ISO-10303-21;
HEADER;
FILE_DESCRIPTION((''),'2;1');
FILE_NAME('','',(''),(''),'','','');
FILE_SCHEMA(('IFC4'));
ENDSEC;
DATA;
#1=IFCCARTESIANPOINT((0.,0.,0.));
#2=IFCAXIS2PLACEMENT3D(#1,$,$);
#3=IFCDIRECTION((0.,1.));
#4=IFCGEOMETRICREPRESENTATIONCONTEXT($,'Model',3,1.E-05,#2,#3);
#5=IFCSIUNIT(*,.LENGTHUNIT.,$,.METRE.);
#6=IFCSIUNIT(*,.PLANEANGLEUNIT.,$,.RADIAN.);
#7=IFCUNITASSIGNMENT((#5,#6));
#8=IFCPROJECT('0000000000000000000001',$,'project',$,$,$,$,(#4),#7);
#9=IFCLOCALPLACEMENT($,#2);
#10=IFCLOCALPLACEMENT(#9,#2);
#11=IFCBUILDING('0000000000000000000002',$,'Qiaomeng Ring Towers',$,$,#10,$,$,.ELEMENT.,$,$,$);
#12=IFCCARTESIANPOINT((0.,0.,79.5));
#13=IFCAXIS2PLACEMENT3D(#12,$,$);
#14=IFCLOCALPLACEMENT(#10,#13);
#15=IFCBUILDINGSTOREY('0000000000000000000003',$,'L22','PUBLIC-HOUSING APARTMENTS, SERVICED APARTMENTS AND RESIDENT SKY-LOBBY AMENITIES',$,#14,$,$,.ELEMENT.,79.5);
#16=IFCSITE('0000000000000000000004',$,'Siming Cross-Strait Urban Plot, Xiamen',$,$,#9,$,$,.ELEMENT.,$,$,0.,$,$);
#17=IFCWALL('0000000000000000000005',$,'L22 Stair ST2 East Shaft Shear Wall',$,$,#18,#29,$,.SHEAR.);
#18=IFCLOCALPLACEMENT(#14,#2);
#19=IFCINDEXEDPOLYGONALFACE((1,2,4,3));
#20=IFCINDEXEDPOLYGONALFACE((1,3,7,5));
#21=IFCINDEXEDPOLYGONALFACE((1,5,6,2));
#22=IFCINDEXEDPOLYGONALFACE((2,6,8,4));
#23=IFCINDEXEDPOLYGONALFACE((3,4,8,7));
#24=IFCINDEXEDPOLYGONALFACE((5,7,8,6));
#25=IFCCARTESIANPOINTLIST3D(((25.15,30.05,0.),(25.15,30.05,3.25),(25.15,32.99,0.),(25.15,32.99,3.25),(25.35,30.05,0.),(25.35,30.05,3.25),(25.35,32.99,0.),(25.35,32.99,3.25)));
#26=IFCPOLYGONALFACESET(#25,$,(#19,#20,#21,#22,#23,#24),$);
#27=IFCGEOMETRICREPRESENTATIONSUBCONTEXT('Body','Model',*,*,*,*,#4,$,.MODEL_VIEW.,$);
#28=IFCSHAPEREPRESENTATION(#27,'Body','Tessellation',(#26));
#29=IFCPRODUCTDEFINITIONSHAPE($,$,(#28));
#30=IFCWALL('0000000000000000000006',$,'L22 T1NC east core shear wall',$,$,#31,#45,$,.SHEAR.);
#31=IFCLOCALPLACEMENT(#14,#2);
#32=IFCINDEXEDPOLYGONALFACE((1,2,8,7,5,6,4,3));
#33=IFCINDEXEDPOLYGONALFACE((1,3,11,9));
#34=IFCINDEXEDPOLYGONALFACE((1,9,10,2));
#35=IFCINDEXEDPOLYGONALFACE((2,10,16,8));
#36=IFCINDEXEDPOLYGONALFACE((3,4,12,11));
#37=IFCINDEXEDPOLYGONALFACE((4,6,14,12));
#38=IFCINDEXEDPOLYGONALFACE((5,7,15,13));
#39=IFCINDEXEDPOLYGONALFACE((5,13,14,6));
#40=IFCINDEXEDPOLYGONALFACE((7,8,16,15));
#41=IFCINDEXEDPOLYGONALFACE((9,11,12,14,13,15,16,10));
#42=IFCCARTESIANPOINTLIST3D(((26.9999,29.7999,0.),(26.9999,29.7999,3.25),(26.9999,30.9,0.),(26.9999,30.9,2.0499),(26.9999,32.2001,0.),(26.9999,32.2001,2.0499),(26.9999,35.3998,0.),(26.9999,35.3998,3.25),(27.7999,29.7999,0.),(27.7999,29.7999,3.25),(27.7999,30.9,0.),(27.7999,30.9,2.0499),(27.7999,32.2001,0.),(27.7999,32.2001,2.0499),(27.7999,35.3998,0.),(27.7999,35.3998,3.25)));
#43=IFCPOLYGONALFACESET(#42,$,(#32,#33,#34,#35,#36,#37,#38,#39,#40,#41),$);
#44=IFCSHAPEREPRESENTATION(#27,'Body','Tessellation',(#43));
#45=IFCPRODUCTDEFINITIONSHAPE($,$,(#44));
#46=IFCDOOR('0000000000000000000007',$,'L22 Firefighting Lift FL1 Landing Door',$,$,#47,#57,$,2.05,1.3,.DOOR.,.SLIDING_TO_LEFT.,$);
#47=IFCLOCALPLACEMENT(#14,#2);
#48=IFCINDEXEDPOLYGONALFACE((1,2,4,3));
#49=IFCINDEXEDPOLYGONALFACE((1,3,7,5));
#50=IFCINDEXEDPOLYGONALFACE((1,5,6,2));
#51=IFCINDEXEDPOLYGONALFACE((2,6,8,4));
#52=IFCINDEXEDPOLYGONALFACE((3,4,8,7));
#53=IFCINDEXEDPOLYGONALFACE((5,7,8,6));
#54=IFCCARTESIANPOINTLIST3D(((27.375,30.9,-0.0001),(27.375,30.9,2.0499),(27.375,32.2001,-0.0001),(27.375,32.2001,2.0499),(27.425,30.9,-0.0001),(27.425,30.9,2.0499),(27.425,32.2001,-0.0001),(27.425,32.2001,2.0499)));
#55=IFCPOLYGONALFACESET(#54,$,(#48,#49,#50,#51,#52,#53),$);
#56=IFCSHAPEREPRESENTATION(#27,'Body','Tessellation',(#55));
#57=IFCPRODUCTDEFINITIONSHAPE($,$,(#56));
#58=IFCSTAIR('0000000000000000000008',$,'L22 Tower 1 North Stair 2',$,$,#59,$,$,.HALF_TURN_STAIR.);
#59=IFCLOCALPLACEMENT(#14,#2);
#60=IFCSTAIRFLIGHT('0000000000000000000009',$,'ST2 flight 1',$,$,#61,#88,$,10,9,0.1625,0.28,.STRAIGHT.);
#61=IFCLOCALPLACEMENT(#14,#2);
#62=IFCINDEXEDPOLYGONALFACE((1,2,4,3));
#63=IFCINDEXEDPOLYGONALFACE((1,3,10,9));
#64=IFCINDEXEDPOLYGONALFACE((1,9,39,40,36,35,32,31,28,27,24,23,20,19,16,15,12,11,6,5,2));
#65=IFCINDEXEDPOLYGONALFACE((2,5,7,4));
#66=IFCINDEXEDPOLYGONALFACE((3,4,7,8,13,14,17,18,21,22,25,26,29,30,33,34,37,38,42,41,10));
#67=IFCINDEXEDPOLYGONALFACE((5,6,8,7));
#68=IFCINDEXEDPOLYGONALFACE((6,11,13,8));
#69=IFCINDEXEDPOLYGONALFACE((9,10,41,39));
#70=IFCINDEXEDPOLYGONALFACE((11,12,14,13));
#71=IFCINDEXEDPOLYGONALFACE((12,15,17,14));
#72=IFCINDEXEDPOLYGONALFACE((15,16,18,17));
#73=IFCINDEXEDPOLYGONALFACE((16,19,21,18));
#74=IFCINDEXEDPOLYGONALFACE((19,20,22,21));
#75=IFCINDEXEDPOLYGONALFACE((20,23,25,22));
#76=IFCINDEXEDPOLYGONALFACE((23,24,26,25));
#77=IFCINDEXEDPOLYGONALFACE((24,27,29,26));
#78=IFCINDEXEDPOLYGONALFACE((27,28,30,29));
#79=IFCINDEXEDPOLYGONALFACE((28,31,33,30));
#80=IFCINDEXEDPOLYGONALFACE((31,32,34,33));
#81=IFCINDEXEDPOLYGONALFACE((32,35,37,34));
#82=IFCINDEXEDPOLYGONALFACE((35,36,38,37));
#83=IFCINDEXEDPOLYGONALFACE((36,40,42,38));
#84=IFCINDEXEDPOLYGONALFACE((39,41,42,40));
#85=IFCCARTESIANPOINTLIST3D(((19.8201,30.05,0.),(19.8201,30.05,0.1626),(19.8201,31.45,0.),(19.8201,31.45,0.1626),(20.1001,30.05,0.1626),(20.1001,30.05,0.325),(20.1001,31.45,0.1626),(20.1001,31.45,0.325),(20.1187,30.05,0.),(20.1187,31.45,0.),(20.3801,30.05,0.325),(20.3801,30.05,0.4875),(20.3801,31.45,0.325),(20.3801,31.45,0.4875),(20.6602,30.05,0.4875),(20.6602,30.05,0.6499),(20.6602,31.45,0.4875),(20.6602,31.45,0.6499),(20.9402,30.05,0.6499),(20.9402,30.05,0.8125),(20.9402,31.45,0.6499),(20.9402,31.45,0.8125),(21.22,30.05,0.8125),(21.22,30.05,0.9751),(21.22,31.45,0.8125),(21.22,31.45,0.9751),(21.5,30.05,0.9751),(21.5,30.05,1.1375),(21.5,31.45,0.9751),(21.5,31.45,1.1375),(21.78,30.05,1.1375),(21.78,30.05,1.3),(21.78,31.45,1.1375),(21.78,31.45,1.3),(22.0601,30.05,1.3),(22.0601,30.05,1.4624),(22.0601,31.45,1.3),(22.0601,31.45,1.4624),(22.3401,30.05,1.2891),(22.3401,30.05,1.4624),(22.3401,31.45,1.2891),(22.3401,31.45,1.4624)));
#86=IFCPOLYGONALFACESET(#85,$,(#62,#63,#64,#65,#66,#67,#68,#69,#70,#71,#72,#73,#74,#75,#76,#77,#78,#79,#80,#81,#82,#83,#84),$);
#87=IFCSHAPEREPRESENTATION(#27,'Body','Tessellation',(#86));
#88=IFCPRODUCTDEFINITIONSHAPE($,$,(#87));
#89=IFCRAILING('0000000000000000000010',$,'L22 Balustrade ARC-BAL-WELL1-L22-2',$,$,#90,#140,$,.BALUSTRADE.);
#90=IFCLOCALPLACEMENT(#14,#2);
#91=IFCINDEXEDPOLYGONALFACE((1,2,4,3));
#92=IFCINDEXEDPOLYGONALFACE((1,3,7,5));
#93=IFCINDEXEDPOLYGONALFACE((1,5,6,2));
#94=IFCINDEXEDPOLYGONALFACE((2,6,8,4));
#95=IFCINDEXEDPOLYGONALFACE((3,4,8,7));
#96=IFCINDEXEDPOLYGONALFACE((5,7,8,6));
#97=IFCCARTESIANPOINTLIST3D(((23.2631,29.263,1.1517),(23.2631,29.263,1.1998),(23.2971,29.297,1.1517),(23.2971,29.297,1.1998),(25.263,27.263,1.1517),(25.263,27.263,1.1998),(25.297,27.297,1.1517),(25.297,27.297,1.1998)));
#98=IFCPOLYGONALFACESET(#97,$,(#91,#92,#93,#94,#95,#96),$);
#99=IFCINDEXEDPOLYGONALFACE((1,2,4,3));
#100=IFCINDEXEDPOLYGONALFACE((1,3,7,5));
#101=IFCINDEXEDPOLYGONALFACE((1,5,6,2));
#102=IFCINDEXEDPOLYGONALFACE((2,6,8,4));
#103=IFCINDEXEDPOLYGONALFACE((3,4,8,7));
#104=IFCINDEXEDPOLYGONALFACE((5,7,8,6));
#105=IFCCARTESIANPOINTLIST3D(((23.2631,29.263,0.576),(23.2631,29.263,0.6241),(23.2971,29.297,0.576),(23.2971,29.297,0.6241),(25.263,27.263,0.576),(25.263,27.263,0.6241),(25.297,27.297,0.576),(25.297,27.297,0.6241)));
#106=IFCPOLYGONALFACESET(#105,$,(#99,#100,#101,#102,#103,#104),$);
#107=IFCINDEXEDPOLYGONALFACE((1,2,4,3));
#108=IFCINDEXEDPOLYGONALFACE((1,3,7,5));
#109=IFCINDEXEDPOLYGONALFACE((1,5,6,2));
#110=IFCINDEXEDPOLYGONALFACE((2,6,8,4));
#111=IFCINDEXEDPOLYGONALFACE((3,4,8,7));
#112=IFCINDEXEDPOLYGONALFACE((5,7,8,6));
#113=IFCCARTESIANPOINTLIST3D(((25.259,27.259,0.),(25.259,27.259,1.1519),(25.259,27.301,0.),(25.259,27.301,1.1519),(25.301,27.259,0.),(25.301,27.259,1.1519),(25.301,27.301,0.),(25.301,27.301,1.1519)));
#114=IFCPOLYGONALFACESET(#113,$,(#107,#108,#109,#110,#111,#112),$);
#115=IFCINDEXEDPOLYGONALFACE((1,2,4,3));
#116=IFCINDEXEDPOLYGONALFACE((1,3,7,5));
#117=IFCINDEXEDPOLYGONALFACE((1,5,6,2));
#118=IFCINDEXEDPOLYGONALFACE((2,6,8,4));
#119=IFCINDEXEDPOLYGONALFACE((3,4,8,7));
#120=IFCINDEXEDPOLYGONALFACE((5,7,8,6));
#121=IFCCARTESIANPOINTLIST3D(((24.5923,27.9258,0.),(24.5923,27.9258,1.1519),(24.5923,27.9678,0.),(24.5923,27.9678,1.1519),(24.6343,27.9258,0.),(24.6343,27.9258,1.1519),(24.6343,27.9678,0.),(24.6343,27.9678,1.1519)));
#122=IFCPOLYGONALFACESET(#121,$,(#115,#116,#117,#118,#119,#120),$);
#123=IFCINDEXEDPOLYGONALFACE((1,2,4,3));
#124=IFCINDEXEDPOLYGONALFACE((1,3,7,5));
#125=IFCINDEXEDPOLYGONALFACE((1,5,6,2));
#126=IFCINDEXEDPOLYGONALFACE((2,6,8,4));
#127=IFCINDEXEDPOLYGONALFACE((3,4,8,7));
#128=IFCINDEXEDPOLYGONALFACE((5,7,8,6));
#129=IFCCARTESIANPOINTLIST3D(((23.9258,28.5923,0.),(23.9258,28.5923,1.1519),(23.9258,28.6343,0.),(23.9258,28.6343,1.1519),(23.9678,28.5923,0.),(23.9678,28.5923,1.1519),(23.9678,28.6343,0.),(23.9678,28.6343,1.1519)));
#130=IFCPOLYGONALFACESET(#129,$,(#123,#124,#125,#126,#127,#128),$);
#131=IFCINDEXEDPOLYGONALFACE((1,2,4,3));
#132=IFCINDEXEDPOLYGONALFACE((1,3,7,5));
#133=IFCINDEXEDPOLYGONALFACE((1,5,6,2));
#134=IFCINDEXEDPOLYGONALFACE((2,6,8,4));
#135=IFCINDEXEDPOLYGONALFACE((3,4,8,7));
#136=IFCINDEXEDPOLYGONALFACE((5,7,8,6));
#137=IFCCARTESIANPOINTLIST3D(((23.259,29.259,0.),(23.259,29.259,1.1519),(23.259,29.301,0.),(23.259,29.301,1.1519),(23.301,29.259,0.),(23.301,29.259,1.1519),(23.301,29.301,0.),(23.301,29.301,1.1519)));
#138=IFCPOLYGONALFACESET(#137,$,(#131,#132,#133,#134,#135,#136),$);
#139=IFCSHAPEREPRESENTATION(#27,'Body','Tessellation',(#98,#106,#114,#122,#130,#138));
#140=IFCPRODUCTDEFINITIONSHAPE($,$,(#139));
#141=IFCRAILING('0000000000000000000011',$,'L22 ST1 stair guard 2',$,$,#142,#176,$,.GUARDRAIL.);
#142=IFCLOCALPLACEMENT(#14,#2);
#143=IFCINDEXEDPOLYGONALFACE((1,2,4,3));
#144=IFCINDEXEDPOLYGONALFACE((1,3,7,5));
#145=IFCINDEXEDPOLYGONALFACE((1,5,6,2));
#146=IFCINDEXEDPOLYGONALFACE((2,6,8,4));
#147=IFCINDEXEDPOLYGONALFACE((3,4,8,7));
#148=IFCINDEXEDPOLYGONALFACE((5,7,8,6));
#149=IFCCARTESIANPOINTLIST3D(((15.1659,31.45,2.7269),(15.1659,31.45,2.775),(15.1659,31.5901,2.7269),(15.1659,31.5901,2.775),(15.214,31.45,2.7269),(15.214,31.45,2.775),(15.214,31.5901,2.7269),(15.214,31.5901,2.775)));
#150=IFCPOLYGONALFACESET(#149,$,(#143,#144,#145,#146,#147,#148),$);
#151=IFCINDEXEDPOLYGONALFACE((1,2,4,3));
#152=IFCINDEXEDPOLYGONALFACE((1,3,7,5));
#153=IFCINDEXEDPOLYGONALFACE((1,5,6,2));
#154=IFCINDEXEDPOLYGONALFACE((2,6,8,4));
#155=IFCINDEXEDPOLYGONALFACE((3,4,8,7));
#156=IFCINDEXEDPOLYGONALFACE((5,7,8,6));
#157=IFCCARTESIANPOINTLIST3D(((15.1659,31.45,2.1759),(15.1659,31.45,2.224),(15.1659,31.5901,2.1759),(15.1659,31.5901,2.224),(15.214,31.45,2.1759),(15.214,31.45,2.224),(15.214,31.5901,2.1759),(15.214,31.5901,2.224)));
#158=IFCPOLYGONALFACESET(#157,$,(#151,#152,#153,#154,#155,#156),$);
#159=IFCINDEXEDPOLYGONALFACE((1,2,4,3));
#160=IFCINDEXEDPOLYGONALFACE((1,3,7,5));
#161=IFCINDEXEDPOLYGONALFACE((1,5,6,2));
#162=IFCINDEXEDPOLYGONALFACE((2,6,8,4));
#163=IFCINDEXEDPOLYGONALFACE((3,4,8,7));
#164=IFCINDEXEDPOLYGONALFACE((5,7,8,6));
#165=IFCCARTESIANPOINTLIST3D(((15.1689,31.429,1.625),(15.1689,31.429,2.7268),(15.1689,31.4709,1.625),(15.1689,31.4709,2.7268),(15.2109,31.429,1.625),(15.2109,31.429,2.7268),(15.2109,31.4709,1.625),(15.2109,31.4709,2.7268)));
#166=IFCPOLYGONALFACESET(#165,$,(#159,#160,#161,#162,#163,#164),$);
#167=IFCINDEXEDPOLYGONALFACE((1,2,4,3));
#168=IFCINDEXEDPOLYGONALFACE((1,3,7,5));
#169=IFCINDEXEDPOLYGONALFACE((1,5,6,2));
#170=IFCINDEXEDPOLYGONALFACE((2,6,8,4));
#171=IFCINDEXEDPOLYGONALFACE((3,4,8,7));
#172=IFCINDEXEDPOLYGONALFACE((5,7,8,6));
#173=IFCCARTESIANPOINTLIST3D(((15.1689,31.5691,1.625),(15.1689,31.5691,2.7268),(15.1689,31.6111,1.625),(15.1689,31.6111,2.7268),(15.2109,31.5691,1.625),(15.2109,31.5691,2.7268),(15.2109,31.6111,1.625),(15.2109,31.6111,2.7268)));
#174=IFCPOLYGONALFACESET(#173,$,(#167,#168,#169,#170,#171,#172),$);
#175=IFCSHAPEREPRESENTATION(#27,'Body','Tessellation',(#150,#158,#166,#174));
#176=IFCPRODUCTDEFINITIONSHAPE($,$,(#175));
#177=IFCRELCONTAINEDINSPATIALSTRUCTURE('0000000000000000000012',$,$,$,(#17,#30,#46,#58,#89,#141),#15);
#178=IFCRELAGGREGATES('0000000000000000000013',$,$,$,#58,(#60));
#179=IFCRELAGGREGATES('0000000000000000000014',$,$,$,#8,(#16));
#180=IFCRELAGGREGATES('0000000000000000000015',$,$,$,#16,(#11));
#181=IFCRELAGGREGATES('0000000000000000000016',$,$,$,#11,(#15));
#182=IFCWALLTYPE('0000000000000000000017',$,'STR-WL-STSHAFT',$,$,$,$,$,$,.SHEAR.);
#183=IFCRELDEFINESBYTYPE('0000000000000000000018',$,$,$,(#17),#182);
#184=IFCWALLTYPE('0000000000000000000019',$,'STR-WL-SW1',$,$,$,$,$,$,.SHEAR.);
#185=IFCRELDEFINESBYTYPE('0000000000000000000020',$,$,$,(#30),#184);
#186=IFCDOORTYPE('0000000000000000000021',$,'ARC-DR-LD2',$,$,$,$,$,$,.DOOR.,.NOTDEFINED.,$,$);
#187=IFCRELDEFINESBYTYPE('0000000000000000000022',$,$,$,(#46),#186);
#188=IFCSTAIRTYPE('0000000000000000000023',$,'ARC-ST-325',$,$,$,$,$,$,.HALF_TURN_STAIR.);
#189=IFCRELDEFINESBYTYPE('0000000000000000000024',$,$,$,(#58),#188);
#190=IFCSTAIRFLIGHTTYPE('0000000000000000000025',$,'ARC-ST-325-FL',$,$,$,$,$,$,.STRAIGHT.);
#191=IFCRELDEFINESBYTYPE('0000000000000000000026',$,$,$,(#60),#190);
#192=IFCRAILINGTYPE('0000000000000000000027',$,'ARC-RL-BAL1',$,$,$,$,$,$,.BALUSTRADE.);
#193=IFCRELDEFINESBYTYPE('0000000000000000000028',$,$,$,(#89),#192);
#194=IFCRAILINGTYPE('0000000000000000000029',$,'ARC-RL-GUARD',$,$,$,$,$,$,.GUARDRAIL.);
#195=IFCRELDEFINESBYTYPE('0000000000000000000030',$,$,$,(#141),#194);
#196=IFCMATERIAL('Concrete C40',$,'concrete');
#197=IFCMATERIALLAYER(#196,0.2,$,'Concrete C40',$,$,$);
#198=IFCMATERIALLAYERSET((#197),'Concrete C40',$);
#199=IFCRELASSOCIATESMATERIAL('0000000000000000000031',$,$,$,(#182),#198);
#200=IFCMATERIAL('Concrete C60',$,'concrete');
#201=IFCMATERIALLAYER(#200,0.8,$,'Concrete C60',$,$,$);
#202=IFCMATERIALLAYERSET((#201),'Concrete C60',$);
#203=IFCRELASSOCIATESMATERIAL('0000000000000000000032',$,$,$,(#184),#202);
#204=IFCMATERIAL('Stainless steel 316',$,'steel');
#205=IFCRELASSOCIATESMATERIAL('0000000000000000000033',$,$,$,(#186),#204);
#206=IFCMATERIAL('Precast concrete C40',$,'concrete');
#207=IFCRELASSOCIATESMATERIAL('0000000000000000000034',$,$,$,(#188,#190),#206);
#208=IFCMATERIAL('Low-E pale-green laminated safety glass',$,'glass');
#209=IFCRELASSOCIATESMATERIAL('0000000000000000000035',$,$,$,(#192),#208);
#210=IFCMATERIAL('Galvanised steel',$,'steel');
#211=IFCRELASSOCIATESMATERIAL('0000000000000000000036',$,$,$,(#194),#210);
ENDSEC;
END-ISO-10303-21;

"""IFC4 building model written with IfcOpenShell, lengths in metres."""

from ifc_helpers import new_model, si_unit, direction, frame, frame_2d, origin, origin_2d, place, context, subcontext, project, spatial, polyline, rectangle, outline, extrude, source, transform, mapped, material, layer, layer_set, type_object, element, fill, aggregate, save


model = new_model("IFC4")

# Units and contexts
model_context = context("Model", 3, precision=1e-05, world=origin(), true_north=direction((0.0, 1.0)))
body_context = subcontext(model_context, "Body", "Model", "MODEL_VIEW")
ifc_project = project(units=[si_unit("LENGTHUNIT", "METRE"), si_unit("PLANEANGLEUNIT", "RADIAN")], contexts=[model_context])

# Site, building, storey
site_placement = place(None, origin())
site = spatial("IfcSite", under=ifc_project, at=site_placement, Name="Siming Cross-Strait Urban Plot, Xiamen", CompositionType="ELEMENT", RefElevation=0.0)
building_placement = place(site_placement, origin())
building = spatial("IfcBuilding", under=site, at=building_placement, Name="Qiaomeng Ring Towers", CompositionType="ELEMENT")
storey_placement = place(building_placement, frame((0.0, 0.0, 79.5)))
storey = spatial("IfcBuildingStorey", under=building, at=storey_placement, Name="L22", Description="PUBLIC-HOUSING APARTMENTS, SERVICED APARTMENTS AND RESIDENT SKY-LOBBY AMENITIES", CompositionType="ELEMENT", Elevation=79.5)

# Shared definitions
ifc_material_1 = material(Name="Galvanised steel", Category="steel")

# Wall
ifc_material_2 = material(Name="Concrete C40", Category="concrete")
ifc_layer_1 = layer(ifc_material_2, 0.2, Name="Concrete C40")
ifc_layer_set_1 = layer_set([ifc_layer_1], Name="Concrete C40")
wall_type_1 = type_object("IfcWallType", Name="STR-WL-STSHAFT", PredefinedType="SHEAR", material=ifc_layer_set_1)
for number, where, z_axis, x_axis, name in (
    (1, (25.25, 30.05, 0.0), (0.0, 0.0, 1.0), (0.0, 1.0, 0.0), "L22 Stair ST2 East Shaft Shear Wall"),
):
    element("IfcWall", number, at=place(storey_placement, frame(where, z_axis=z_axis, x_axis=x_axis)), inside=storey, type_object=wall_type_1, Name=name, PredefinedType="SHEAR", context=body_context, shape_type="SweptSolid", body=[
        extrude(rectangle(XDim=2.9399, YDim=0.2, at=frame_2d((1.47, 0.0))), origin(), (0.0, 0.0, 1.0), 3.25),
    ])

# Wall, opening, door
ifc_material_3 = material(Name="Concrete C60", Category="concrete")
ifc_layer_2 = layer(ifc_material_3, 0.8, Name="Concrete C60")
ifc_layer_set_2 = layer_set([ifc_layer_2], Name="Concrete C60")
wall_type_2 = type_object("IfcWallType", Name="STR-WL-SW1", PredefinedType="SHEAR", material=ifc_layer_set_2)
wall_1_placement = place(storey_placement, frame((27.3999, 29.8, 0.0), z_axis=(0.0, 0.0, 1.0), x_axis=(0.0, 1.0, 0.0)))
wall_1 = element("IfcWall", 2, at=wall_1_placement, inside=storey, type_object=wall_type_2, Name="L22 T1NC east core shear wall", PredefinedType="SHEAR", context=body_context, shape_type="SweptSolid", body=[
    extrude(rectangle(XDim=5.5999, YDim=0.8, at=frame_2d((2.7998, 0.0))), origin(), (0.0, 0.0, 1.0), 3.25),
])
opening_1_placement = place(wall_1_placement, frame((1.1001, 0.0, 0.0)))
opening_1 = element("IfcOpeningElement", 3, at=opening_1_placement, cuts=wall_1, PredefinedType="OPENING", context=body_context, shape_type="SweptSolid", body=[
    extrude(rectangle(XDim=1.3, YDim=2.05, at=frame_2d((0.6499, 1.0249))), frame((0.0, 0.4099, 0.0), z_axis=(0.0, -1.0, 0.0), x_axis=(1.0, 0.0, 0.0)), (0.0, 0.0, 1.0), 0.8201),
])
ifc_material_4 = material(Name="Stainless steel 316", Category="steel")
door_type_1 = type_object("IfcDoorType", Name="ARC-DR-LD2", OperationType="NOTDEFINED", PredefinedType="DOOR", material=ifc_material_4)
shared_shape_1 = source(origin(), body_context, "Body", "SweptSolid", [
    extrude(rectangle(XDim=1.3, YDim=2.05, at=frame_2d((0.6499, 1.0249))), frame((0.0, 0.0249, 0.0), z_axis=(0.0, -1.0, 0.0), x_axis=(1.0, 0.0, 0.0)), (0.0, 0.0, 1.0), 0.05),
])
door_1_placement = place(opening_1_placement, origin())
door_1 = element("IfcDoor", 4, at=door_1_placement, inside=storey, type_object=door_type_1, Name="L22 Firefighting Lift FL1 Landing Door", OperationType="SLIDING_TO_LEFT", OverallHeight=2.05, OverallWidth=1.3, PredefinedType="DOOR", context=body_context, shape_type="MappedRepresentation", body=[
    mapped(shared_shape_1, transform((0.0, 0.0, 0.0), x_axis=(1.0, 0.0, 0.0), y_axis=(0.0, 1.0, 0.0), z_axis=(0.0, 0.0, 1.0), scale=1.0)),
])
fill(opening_1, door_1)

# Stair, stair flight
ifc_material_5 = material(Name="Precast concrete C40", Category="concrete")
stair_type = type_object("IfcStairType", Name="ARC-ST-325", PredefinedType="HALF_TURN_STAIR", material=ifc_material_5)
stair_placement = place(storey_placement, origin())
stair = element("IfcStair", 5, at=stair_placement, inside=storey, type_object=stair_type, Name="L22 Tower 1 North Stair 2", PredefinedType="HALF_TURN_STAIR")
stair_flight_type = type_object("IfcStairFlightType", Name="ARC-ST-325-FL", PredefinedType="STRAIGHT", material=ifc_material_5)
shared_shape_2 = source(origin(), body_context, "Body", "SweptSolid", [
    extrude(outline(polyline([(0.0, 0.0), (0.0, 0.1626), (0.28, 0.1626), (0.28, 0.325), (0.5601, 0.325), (0.5601, 0.4875), (0.8401, 0.4875), (0.8401, 0.6499), (1.1201, 0.6499), (1.1201, 0.8125), (1.3999, 0.8125), (1.3999, 0.9751), (1.6799, 0.9751), (1.6799, 1.1375), (1.96, 1.1375), (1.96, 1.3), (2.24, 1.3), (2.24, 1.4624), (2.52, 1.4624), (2.52, 1.625), (2.52, 1.2891), (0.2986, 0.0), (0.0, 0.0)])), frame((0.0, 0.7, 0.0), z_axis=(0.0, -1.0, 0.0), x_axis=(1.0, 0.0, 0.0)), (0.0, 0.0, 1.0), 1.3999),
])
stair_flight_placement = place(storey_placement, frame((19.8201, 30.75, 0.0), z_axis=(0.0, 0.0, 1.0), x_axis=(1.0, 0.0, 0.0)))
stair_flight = element("IfcStairFlight", 6, at=stair_flight_placement, type_object=stair_flight_type, Name="ST2 flight 1", NumberOfRisers=10, NumberOfTreads=9, PredefinedType="STRAIGHT", RiserHeight=0.1625, TreadLength=0.28, context=body_context, shape_type="MappedRepresentation", body=[
    mapped(shared_shape_2, transform((0.0, 0.0, 0.0), x_axis=(1.0, 0.0, 0.0), y_axis=(0.0, 1.0, 0.0), z_axis=(0.0, 0.0, 1.0), scale=1.0)),
])
aggregate(stair, [stair_flight])

# Railings
ifc_material_6 = material(Name="Low-E pale-green laminated safety glass", Category="glass")
railing_type_1 = type_object("IfcRailingType", Name="ARC-RL-BAL1", PredefinedType="BALUSTRADE", material=ifc_material_6)
railing_1_placement = place(storey_placement, frame((25.28, 27.28, 0.0)))
element("IfcRailing", 7, at=railing_1_placement, inside=storey, type_object=railing_type_1, Name="L22 Balustrade ARC-BAL-WELL1-L22-2", PredefinedType="BALUSTRADE", context=body_context, shape_type="SweptSolid", body=[
    extrude(rectangle(XDim=0.0481, YDim=0.0481, at=origin_2d()), frame((0.0, 0.0, 1.1758), z_axis=(-0.707107, 0.707107, 0.0), x_axis=(-0.707107, -0.707107, 0.0)), (0.0, 0.0, 1.0), 2.8284),
    extrude(rectangle(XDim=0.0481, YDim=0.0481, at=origin_2d()), frame((0.0, 0.0, 0.6001), z_axis=(-0.707107, 0.707107, 0.0), x_axis=(-0.707107, -0.707107, 0.0)), (0.0, 0.0, 1.0), 2.8284),
    extrude(rectangle(XDim=0.042, YDim=0.042, at=origin_2d()), origin(), (0.0, 0.0, 1.0), 1.1519),
    extrude(rectangle(XDim=0.042, YDim=0.042, at=origin_2d()), frame((-0.6667, 0.6667, 0.0)), (0.0, 0.0, 1.0), 1.1519),
    extrude(rectangle(XDim=0.042, YDim=0.042, at=origin_2d()), frame((-1.3333, 1.3333, 0.0)), (0.0, 0.0, 1.0), 1.1519),
    extrude(rectangle(XDim=0.042, YDim=0.042, at=origin_2d()), frame((-2.0, 2.0, 0.0)), (0.0, 0.0, 1.0), 1.1519),
])
railing_type_2 = type_object("IfcRailingType", Name="ARC-RL-GUARD", PredefinedType="GUARDRAIL", material=ifc_material_1)
railing_2_placement = place(storey_placement, frame((15.1899, 31.45, 1.625)))
element("IfcRailing", 8, at=railing_2_placement, inside=storey, type_object=railing_type_2, Name="L22 ST1 stair guard 2", PredefinedType="GUARDRAIL", context=body_context, shape_type="SweptSolid", body=[
    extrude(rectangle(XDim=0.0481, YDim=0.0481, at=origin_2d()), frame((0.0, 0.0, 1.126), z_axis=(0.0, 1.0, 0.0), x_axis=(-1.0, 0.0, 0.0)), (0.0, 0.0, 1.0), 0.1401),
    extrude(rectangle(XDim=0.0481, YDim=0.0481, at=origin_2d()), frame((0.0, 0.0, 0.575), z_axis=(0.0, 1.0, 0.0), x_axis=(-1.0, 0.0, 0.0)), (0.0, 0.0, 1.0), 0.1401),
    extrude(rectangle(XDim=0.042, YDim=0.042, at=origin_2d()), origin(), (0.0, 0.0, 1.0), 1.1018),
    extrude(rectangle(XDim=0.042, YDim=0.042, at=origin_2d()), frame((0.0, 0.1401, 0.0)), (0.0, 0.0, 1.0), 1.1018),
])

save(model, "model.ifc")
